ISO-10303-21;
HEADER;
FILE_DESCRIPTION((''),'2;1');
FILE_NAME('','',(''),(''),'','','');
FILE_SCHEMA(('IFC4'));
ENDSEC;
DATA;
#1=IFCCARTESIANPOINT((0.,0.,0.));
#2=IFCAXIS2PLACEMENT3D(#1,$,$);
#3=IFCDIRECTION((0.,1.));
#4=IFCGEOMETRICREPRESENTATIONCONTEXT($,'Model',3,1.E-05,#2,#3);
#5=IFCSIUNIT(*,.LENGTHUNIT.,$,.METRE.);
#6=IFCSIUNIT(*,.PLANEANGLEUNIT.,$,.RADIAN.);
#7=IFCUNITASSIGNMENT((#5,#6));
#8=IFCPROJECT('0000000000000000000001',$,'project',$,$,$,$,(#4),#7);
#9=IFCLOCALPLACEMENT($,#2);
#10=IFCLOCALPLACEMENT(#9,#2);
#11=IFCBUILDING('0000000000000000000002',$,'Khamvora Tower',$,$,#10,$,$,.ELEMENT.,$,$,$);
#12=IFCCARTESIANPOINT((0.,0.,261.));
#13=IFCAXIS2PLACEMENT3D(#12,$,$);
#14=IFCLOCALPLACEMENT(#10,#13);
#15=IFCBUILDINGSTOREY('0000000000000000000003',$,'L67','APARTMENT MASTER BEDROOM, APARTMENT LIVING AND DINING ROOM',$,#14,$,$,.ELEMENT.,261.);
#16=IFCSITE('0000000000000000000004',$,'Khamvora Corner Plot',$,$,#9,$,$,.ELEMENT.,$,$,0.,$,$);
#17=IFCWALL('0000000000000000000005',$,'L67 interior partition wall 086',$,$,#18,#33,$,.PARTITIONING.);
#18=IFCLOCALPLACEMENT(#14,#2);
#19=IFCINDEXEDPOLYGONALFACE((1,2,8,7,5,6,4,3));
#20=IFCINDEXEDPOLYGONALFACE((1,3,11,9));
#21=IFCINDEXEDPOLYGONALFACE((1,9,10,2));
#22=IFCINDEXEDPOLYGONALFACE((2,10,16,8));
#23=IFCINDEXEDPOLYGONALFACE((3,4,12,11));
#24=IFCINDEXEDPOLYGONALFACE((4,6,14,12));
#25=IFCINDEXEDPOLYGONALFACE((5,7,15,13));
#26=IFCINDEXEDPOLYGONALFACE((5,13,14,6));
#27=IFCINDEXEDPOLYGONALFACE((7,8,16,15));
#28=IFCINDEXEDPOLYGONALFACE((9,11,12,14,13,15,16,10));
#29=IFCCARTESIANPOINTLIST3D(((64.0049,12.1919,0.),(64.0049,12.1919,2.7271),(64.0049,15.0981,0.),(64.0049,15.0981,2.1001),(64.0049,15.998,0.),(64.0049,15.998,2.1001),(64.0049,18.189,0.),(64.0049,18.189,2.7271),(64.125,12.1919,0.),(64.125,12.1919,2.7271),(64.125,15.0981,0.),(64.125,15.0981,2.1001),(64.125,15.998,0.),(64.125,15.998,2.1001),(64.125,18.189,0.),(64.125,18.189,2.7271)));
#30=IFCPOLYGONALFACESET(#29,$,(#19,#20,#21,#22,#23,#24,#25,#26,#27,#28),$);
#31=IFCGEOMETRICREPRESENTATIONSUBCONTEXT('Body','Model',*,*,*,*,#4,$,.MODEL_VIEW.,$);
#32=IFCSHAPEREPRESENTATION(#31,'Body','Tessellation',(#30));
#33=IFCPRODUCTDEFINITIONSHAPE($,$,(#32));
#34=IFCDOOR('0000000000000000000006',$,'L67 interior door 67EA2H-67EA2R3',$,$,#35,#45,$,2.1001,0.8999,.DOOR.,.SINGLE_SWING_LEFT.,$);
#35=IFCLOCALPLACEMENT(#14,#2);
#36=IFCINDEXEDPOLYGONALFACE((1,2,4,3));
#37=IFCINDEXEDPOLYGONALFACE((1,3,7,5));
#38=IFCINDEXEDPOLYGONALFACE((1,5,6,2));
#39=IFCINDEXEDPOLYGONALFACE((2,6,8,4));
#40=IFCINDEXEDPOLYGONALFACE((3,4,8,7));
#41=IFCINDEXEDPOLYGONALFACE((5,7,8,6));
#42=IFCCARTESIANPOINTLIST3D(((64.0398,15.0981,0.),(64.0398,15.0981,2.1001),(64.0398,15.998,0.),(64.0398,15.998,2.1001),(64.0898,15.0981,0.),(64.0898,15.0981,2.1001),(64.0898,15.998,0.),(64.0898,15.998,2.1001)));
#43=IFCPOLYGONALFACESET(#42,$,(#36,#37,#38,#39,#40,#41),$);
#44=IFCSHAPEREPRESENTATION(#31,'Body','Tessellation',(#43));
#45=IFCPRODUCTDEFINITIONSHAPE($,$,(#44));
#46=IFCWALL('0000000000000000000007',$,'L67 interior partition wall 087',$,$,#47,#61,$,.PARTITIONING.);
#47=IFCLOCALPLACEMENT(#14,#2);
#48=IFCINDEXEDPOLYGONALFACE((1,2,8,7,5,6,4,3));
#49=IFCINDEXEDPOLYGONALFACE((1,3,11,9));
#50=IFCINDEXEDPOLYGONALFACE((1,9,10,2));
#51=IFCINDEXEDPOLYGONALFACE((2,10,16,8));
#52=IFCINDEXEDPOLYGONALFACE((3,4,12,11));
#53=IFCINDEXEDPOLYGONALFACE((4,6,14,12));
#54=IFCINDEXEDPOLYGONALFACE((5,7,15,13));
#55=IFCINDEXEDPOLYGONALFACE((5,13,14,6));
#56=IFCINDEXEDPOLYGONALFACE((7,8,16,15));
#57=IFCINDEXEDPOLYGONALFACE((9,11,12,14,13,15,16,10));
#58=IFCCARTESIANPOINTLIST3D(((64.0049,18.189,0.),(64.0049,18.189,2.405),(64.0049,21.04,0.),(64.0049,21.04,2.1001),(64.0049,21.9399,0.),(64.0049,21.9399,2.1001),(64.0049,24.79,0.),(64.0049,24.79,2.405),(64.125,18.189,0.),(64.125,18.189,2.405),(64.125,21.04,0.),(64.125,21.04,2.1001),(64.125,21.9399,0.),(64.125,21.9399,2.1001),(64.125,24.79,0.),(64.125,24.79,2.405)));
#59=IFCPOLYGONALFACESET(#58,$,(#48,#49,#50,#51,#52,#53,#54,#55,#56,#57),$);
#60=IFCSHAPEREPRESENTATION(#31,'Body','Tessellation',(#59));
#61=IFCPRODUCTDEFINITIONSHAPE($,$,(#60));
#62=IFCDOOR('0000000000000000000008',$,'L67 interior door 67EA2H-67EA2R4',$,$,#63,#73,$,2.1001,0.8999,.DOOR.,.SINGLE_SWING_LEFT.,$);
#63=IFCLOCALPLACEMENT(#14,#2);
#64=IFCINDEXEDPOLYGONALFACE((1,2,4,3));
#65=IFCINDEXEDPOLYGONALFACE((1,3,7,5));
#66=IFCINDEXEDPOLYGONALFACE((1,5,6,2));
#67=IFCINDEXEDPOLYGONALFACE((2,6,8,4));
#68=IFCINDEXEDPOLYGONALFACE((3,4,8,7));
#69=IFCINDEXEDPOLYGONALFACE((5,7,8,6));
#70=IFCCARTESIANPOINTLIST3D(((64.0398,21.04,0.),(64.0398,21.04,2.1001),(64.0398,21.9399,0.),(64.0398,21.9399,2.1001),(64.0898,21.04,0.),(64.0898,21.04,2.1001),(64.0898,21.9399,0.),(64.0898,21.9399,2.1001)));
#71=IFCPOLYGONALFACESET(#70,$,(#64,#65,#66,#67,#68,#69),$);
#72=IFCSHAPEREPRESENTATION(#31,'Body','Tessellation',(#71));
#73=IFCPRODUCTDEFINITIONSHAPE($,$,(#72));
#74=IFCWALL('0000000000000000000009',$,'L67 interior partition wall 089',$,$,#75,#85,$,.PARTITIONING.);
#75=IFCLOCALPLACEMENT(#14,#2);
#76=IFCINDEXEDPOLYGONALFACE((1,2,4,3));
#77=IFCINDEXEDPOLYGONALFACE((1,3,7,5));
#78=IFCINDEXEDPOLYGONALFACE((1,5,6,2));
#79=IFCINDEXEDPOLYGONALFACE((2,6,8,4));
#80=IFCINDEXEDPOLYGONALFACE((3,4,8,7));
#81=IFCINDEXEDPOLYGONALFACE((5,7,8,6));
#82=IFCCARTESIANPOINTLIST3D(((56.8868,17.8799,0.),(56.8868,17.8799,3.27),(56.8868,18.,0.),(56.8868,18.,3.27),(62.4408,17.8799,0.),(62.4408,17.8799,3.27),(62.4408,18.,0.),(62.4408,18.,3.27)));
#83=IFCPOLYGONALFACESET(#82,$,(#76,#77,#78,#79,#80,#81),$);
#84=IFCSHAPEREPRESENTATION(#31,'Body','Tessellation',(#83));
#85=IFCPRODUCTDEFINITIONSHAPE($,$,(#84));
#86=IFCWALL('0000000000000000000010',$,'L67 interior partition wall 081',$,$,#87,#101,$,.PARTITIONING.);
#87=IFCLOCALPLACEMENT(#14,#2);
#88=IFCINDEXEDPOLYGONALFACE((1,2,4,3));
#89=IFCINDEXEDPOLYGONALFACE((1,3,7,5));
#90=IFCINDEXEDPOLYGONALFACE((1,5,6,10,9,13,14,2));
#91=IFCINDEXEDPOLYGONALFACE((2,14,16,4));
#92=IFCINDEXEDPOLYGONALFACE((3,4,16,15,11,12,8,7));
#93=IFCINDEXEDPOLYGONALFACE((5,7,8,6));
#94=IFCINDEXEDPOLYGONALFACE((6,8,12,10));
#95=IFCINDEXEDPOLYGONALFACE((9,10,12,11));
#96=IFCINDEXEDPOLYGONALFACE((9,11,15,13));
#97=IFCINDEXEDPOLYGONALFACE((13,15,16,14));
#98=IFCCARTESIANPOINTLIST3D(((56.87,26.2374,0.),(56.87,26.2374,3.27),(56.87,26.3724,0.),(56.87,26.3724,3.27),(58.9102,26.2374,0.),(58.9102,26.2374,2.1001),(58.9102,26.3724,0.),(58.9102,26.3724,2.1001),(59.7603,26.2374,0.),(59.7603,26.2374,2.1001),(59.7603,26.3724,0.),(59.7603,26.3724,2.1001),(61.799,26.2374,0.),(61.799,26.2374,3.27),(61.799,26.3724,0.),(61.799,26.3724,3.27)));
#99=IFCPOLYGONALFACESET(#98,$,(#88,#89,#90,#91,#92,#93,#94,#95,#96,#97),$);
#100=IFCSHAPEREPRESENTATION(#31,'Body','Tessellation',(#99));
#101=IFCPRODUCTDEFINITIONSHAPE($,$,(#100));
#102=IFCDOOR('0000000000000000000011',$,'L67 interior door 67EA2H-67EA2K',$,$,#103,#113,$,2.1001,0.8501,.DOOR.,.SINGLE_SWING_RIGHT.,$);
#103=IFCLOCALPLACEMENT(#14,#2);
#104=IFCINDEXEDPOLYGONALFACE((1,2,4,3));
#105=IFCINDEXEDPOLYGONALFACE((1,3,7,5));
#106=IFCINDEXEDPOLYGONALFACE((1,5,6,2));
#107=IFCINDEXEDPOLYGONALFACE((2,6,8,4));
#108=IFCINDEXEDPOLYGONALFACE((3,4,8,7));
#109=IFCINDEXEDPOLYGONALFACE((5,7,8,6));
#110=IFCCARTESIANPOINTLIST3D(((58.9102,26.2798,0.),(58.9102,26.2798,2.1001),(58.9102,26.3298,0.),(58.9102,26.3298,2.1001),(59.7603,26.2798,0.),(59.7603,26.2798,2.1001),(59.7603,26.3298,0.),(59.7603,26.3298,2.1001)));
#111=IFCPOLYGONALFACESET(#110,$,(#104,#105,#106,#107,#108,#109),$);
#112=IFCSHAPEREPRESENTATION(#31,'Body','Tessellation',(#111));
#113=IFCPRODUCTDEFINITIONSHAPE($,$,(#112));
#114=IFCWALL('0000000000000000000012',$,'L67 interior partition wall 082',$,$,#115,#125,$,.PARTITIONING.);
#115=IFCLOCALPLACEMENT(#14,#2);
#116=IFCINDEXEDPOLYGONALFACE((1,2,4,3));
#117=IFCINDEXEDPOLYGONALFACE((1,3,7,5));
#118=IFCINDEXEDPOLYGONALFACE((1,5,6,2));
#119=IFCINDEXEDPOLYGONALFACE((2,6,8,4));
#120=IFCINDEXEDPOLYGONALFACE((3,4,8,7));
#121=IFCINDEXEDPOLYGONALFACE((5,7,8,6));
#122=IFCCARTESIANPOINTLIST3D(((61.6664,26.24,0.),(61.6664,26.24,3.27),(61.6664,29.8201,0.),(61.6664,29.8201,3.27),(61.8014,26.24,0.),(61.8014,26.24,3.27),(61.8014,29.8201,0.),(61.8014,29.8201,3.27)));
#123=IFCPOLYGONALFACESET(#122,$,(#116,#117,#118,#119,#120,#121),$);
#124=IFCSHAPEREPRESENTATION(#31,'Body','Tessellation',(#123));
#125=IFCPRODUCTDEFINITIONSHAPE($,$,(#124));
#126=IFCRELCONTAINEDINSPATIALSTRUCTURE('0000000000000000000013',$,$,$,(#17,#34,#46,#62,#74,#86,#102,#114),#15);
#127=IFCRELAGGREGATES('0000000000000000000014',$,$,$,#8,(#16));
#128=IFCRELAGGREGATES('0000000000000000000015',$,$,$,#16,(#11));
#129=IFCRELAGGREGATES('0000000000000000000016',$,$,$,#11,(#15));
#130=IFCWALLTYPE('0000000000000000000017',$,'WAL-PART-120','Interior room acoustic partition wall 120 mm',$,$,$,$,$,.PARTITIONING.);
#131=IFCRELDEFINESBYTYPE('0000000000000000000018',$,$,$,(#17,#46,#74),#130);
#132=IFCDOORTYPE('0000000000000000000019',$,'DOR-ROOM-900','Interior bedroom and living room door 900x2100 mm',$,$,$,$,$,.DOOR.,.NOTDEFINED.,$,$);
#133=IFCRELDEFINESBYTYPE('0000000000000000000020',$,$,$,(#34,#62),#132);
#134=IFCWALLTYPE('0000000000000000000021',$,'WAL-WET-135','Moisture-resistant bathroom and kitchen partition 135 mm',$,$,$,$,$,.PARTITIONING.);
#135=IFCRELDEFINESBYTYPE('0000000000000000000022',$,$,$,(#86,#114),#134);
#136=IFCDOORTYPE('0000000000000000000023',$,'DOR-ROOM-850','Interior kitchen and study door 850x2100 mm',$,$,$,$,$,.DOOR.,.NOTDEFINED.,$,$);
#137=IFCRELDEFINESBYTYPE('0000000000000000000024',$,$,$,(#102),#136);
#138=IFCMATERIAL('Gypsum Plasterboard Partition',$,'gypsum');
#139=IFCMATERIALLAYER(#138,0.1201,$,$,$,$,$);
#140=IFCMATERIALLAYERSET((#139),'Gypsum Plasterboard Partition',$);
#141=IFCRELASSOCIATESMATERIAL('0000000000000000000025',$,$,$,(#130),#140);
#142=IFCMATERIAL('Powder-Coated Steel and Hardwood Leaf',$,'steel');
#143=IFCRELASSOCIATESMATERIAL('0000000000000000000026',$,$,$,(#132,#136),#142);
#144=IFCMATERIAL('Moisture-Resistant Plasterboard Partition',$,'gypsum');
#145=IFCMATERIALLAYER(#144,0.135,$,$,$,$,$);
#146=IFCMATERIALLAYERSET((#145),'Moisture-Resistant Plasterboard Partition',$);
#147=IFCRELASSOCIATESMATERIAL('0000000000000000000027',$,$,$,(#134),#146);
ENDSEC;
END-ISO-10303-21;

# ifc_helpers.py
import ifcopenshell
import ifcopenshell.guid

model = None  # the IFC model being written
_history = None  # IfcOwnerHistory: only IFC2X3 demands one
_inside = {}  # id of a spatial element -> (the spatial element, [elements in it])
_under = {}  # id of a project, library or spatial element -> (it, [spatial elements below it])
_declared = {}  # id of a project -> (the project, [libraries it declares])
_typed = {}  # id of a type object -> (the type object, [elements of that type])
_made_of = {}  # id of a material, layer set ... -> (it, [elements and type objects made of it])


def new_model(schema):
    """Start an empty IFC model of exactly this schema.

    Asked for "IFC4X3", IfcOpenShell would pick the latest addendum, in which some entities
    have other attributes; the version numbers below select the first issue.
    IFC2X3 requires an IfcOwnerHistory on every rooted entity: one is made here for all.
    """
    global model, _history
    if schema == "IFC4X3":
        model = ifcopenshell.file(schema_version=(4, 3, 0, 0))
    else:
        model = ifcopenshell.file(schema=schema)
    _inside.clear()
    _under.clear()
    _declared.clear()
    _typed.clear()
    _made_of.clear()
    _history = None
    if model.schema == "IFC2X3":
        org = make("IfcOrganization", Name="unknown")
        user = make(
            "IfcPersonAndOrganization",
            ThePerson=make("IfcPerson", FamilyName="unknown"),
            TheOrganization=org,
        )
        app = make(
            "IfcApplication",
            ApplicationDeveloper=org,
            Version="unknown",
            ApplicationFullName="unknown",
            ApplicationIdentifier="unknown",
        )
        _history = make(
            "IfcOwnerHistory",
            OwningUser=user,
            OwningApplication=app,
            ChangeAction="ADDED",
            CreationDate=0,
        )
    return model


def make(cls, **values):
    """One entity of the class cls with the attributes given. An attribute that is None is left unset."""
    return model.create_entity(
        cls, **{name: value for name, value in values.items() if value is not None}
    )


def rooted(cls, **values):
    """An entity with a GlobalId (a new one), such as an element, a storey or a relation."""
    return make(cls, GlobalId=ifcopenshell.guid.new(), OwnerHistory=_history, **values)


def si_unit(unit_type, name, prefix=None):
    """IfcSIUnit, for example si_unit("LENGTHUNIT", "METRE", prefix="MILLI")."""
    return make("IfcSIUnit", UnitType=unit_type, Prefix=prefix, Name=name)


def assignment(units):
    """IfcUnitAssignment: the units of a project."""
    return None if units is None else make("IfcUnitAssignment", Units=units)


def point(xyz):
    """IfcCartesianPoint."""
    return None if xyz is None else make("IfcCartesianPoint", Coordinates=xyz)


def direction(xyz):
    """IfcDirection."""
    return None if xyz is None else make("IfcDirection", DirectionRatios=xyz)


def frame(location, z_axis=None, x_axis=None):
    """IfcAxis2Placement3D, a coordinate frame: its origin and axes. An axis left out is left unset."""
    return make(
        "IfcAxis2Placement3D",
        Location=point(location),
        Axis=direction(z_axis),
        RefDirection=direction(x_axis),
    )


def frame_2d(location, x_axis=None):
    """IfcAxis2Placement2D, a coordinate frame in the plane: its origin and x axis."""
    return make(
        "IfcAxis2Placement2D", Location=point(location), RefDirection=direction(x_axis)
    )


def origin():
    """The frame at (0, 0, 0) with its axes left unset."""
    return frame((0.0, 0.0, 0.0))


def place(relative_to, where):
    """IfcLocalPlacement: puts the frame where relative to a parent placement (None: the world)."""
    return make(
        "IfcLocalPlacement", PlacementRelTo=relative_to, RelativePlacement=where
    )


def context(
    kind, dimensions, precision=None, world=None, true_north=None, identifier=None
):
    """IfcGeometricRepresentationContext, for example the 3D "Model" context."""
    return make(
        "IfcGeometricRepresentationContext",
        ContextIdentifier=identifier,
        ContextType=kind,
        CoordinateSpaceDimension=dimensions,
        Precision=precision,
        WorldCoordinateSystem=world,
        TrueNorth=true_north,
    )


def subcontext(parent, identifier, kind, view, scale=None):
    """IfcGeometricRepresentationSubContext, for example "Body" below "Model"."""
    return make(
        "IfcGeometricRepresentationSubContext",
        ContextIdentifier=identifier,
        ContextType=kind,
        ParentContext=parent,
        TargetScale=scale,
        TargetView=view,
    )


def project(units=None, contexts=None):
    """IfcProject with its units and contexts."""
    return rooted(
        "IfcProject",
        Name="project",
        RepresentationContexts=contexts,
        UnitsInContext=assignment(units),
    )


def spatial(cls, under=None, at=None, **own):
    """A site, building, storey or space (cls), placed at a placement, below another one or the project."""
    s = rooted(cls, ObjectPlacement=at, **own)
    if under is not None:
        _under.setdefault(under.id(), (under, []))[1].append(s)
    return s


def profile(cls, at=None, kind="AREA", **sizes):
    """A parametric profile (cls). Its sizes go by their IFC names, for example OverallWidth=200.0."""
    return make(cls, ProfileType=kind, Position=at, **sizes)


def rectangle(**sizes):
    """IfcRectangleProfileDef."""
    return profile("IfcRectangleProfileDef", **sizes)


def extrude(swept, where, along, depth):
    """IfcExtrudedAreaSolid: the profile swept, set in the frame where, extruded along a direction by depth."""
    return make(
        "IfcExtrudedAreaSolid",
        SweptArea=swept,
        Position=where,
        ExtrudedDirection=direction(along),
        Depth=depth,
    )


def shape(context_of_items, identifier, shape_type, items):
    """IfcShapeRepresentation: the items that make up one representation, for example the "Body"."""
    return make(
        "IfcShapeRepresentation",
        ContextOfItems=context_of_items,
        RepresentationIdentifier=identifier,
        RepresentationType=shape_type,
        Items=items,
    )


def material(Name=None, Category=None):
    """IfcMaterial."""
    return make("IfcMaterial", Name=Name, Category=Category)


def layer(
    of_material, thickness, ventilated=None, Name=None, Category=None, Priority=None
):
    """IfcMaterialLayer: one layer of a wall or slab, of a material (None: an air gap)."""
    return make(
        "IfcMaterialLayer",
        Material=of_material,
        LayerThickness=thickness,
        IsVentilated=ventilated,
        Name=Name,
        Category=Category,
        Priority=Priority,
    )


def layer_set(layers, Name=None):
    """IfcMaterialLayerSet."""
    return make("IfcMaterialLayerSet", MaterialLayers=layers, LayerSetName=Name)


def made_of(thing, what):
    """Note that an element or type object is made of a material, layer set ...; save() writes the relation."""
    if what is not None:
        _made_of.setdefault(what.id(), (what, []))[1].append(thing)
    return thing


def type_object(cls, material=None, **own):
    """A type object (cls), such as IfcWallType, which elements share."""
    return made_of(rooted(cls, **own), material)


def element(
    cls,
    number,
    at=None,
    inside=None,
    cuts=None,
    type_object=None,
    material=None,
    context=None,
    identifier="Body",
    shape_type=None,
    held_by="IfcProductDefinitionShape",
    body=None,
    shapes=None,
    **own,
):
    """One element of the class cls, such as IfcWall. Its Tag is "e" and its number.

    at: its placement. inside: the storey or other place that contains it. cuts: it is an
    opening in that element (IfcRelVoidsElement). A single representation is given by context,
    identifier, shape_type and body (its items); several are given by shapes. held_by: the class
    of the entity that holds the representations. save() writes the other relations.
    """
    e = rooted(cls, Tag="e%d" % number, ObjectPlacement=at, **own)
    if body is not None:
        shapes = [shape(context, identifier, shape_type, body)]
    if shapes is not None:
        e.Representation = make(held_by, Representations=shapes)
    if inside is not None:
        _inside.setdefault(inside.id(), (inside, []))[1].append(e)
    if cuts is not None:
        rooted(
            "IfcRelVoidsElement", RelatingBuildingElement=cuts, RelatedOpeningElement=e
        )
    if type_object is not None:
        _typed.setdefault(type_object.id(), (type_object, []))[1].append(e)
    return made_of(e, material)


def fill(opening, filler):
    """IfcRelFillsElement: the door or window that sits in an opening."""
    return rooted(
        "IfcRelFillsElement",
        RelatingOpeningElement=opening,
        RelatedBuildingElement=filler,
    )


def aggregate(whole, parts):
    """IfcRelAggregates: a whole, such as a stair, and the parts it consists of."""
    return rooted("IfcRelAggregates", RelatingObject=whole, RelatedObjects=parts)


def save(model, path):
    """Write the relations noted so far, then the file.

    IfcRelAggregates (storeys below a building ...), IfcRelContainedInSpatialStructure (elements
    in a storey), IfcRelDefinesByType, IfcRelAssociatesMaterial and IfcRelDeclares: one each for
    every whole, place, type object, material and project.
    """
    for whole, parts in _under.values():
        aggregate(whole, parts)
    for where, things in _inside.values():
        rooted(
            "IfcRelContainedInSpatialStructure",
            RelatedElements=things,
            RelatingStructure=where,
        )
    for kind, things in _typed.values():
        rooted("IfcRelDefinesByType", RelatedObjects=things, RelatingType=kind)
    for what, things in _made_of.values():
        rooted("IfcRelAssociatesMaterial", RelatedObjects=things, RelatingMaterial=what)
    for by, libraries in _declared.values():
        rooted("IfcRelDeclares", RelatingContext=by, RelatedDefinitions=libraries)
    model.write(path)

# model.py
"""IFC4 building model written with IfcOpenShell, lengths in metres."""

from ifc_helpers import new_model, si_unit, direction, frame, frame_2d, origin, place, context, subcontext, project, spatial, rectangle, extrude, material, layer, layer_set, type_object, element, fill, save


model = new_model("IFC4")

# Units and contexts
model_context = context("Model", 3, precision=1e-05, world=origin(), true_north=direction((0.0, 1.0)))
body_context = subcontext(model_context, "Body", "Model", "MODEL_VIEW")
ifc_project = project(units=[si_unit("LENGTHUNIT", "METRE"), si_unit("PLANEANGLEUNIT", "RADIAN")], contexts=[model_context])

# Site, building, storey
site_placement = place(None, origin())
site = spatial("IfcSite", under=ifc_project, at=site_placement, Name="Khamvora Corner Plot", CompositionType="ELEMENT", RefElevation=0.0)
building_placement = place(site_placement, origin())
building = spatial("IfcBuilding", under=site, at=building_placement, Name="Khamvora Tower", CompositionType="ELEMENT")
storey_placement = place(building_placement, frame((0.0, 0.0, 261.0)))
storey = spatial("IfcBuildingStorey", under=building, at=storey_placement, Name="L67", Description="APARTMENT MASTER BEDROOM, APARTMENT LIVING AND DINING ROOM", CompositionType="ELEMENT", Elevation=261.0)

# Shared definitions
ifc_material_1 = material(Name="Gypsum Plasterboard Partition", Category="gypsum")
ifc_layer_1 = layer(ifc_material_1, 0.1201)
ifc_layer_set_1 = layer_set([ifc_layer_1], Name="Gypsum Plasterboard Partition")
wall_type_1 = type_object("IfcWallType", Name="WAL-PART-120", Description="Interior room acoustic partition wall 120 mm", PredefinedType="PARTITIONING", material=ifc_layer_set_1)
ifc_material_2 = material(Name="Powder-Coated Steel and Hardwood Leaf", Category="steel")
door_type_1 = type_object("IfcDoorType", Name="DOR-ROOM-900", Description="Interior bedroom and living room door 900x2100 mm", OperationType="NOTDEFINED", PredefinedType="DOOR", material=ifc_material_2)

# Walls, openings, doors
wall_1_placement = place(storey_placement, frame((64.0649, 18.189, 0.0), z_axis=(0.0, 0.0, 1.0), x_axis=(0.0, -1.0, 0.0)))
wall_1 = element("IfcWall", 1, at=wall_1_placement, inside=storey, type_object=wall_type_1, Name="L67 interior partition wall 086", PredefinedType="PARTITIONING", context=body_context, shape_type="SweptSolid", body=[
    extrude(rectangle(XDim=5.9971, YDim=0.1201, at=frame_2d((2.9985, 0.0))), origin(), (0.0, 0.0, 1.0), 2.7271),
])
opening_1_placement = place(wall_1_placement, frame((2.1909, 0.0, 0.0)))
opening_1 = element("IfcOpeningElement", 2, at=opening_1_placement, cuts=wall_1, PredefinedType="OPENING", context=body_context, shape_type="SweptSolid", body=[
    extrude(rectangle(XDim=0.8999, YDim=2.1001, at=frame_2d((0.45, 1.05))), frame((0.0, 0.0701, 0.0), z_axis=(0.0, -1.0, 0.0), x_axis=(1.0, 0.0, 0.0)), (0.0, 0.0, 1.0), 0.1401),
])
door_1_placement = place(opening_1_placement, origin())
door_1 = element("IfcDoor", 3, at=door_1_placement, inside=storey, type_object=door_type_1, Name="L67 interior door 67EA2H-67EA2R3", OperationType="SINGLE_SWING_LEFT", OverallHeight=2.1001, OverallWidth=0.8999, PredefinedType="DOOR", context=body_context, shape_type="SweptSolid", body=[
    extrude(rectangle(XDim=0.8999, YDim=2.1001, at=frame_2d((0.45, 1.05))), frame((0.0, 0.0249, 0.0), z_axis=(0.0, -1.0, 0.0), x_axis=(1.0, 0.0, 0.0)), (0.0, 0.0, 1.0), 0.05),
])
fill(opening_1, door_1)
wall_2_placement = place(storey_placement, frame((64.0649, 24.79, 0.0), z_axis=(0.0, 0.0, 1.0), x_axis=(0.0, -1.0, 0.0)))
wall_2 = element("IfcWall", 4, at=wall_2_placement, inside=storey, type_object=wall_type_1, Name="L67 interior partition wall 087", PredefinedType="PARTITIONING", context=body_context, shape_type="SweptSolid", body=[
    extrude(rectangle(XDim=6.6011, YDim=0.1201, at=frame_2d((3.3005, 0.0))), origin(), (0.0, 0.0, 1.0), 2.405),
])
opening_2_placement = place(wall_2_placement, frame((2.8501, 0.0, 0.0)))
opening_2 = element("IfcOpeningElement", 5, at=opening_2_placement, cuts=wall_2, PredefinedType="OPENING", context=body_context, shape_type="SweptSolid", body=[
    extrude(rectangle(XDim=0.8999, YDim=2.1001, at=frame_2d((0.45, 1.05))), frame((0.0, 0.0701, 0.0), z_axis=(0.0, -1.0, 0.0), x_axis=(1.0, 0.0, 0.0)), (0.0, 0.0, 1.0), 0.1401),
])
door_2_placement = place(opening_2_placement, origin())
door_2 = element("IfcDoor", 6, at=door_2_placement, inside=storey, type_object=door_type_1, Name="L67 interior door 67EA2H-67EA2R4", OperationType="SINGLE_SWING_LEFT", OverallHeight=2.1001, OverallWidth=0.8999, PredefinedType="DOOR", context=body_context, shape_type="SweptSolid", body=[
    extrude(rectangle(XDim=0.8999, YDim=2.1001, at=frame_2d((0.45, 1.05))), frame((0.0, 0.0249, 0.0), z_axis=(0.0, -1.0, 0.0), x_axis=(1.0, 0.0, 0.0)), (0.0, 0.0, 1.0), 0.05),
])
fill(opening_2, door_2)

# Wall
wall_3_placement = place(storey_placement, frame((56.887, 17.9399, 0.0), z_axis=(0.0, 0.0, 1.0), x_axis=(1.0, 0.0, 0.0)))
element("IfcWall", 7, at=wall_3_placement, inside=storey, type_object=wall_type_1, Name="L67 interior partition wall 089", PredefinedType="PARTITIONING", context=body_context, shape_type="SweptSolid", body=[
    extrude(rectangle(XDim=5.554, YDim=0.1201, at=frame_2d((2.7769, 0.0))), origin(), (0.0, 0.0, 1.0), 3.27),
])

# Wall, opening, door
ifc_material_3 = material(Name="Moisture-Resistant Plasterboard Partition", Category="gypsum")
ifc_layer_2 = layer(ifc_material_3, 0.135)
ifc_layer_set_2 = layer_set([ifc_layer_2], Name="Moisture-Resistant Plasterboard Partition")
wall_type_2 = type_object("IfcWallType", Name="WAL-WET-135", Description="Moisture-resistant bathroom and kitchen partition 135 mm", PredefinedType="PARTITIONING", material=ifc_layer_set_2)
wall_4_placement = place(storey_placement, frame((56.8701, 26.3049, 0.0), z_axis=(0.0, 0.0, 1.0), x_axis=(1.0, 0.0, 0.0)))
wall_4 = element("IfcWall", 8, at=wall_4_placement, inside=storey, type_object=wall_type_2, Name="L67 interior partition wall 081", PredefinedType="PARTITIONING", context=body_context, shape_type="SweptSolid", body=[
    extrude(rectangle(XDim=4.929, YDim=0.135, at=frame_2d((2.4644, 0.0))), origin(), (0.0, 0.0, 1.0), 3.27),
])
opening_3_placement = place(wall_4_placement, frame((2.04, 0.0, 0.0)))
opening_3 = element("IfcOpeningElement", 9, at=opening_3_placement, cuts=wall_4, PredefinedType="OPENING", context=body_context, shape_type="SweptSolid", body=[
    extrude(rectangle(XDim=0.8501, YDim=2.1001, at=frame_2d((0.425, 1.05))), frame((0.0, 0.0774, 0.0), z_axis=(0.0, -1.0, 0.0), x_axis=(1.0, 0.0, 0.0)), (0.0, 0.0, 1.0), 0.155),
])
door_type_2 = type_object("IfcDoorType", Name="DOR-ROOM-850", Description="Interior kitchen and study door 850x2100 mm", OperationType="NOTDEFINED", PredefinedType="DOOR", material=ifc_material_2)
door_3_placement = place(opening_3_placement, origin())
door_3 = element("IfcDoor", 10, at=door_3_placement, inside=storey, type_object=door_type_2, Name="L67 interior door 67EA2H-67EA2K", OperationType="SINGLE_SWING_RIGHT", OverallHeight=2.1001, OverallWidth=0.8501, PredefinedType="DOOR", context=body_context, shape_type="SweptSolid", body=[
    extrude(rectangle(XDim=0.8501, YDim=2.1001, at=frame_2d((0.425, 1.05))), frame((0.0, 0.0249, 0.0), z_axis=(0.0, -1.0, 0.0), x_axis=(1.0, 0.0, 0.0)), (0.0, 0.0, 1.0), 0.05),
])
fill(opening_3, door_3)

# Wall
wall_5_placement = place(storey_placement, frame((61.7339, 26.24, 0.0), z_axis=(0.0, 0.0, 1.0), x_axis=(0.0, 1.0, 0.0)))
element("IfcWall", 11, at=wall_5_placement, inside=storey, type_object=wall_type_2, Name="L67 interior partition wall 082", PredefinedType="PARTITIONING", context=body_context, shape_type="SweptSolid", body=[
    extrude(rectangle(XDim=3.5801, YDim=0.135, at=frame_2d((1.79, 0.0))), origin(), (0.0, 0.0, 1.0), 3.27),
])

save(model, "model.ifc")
